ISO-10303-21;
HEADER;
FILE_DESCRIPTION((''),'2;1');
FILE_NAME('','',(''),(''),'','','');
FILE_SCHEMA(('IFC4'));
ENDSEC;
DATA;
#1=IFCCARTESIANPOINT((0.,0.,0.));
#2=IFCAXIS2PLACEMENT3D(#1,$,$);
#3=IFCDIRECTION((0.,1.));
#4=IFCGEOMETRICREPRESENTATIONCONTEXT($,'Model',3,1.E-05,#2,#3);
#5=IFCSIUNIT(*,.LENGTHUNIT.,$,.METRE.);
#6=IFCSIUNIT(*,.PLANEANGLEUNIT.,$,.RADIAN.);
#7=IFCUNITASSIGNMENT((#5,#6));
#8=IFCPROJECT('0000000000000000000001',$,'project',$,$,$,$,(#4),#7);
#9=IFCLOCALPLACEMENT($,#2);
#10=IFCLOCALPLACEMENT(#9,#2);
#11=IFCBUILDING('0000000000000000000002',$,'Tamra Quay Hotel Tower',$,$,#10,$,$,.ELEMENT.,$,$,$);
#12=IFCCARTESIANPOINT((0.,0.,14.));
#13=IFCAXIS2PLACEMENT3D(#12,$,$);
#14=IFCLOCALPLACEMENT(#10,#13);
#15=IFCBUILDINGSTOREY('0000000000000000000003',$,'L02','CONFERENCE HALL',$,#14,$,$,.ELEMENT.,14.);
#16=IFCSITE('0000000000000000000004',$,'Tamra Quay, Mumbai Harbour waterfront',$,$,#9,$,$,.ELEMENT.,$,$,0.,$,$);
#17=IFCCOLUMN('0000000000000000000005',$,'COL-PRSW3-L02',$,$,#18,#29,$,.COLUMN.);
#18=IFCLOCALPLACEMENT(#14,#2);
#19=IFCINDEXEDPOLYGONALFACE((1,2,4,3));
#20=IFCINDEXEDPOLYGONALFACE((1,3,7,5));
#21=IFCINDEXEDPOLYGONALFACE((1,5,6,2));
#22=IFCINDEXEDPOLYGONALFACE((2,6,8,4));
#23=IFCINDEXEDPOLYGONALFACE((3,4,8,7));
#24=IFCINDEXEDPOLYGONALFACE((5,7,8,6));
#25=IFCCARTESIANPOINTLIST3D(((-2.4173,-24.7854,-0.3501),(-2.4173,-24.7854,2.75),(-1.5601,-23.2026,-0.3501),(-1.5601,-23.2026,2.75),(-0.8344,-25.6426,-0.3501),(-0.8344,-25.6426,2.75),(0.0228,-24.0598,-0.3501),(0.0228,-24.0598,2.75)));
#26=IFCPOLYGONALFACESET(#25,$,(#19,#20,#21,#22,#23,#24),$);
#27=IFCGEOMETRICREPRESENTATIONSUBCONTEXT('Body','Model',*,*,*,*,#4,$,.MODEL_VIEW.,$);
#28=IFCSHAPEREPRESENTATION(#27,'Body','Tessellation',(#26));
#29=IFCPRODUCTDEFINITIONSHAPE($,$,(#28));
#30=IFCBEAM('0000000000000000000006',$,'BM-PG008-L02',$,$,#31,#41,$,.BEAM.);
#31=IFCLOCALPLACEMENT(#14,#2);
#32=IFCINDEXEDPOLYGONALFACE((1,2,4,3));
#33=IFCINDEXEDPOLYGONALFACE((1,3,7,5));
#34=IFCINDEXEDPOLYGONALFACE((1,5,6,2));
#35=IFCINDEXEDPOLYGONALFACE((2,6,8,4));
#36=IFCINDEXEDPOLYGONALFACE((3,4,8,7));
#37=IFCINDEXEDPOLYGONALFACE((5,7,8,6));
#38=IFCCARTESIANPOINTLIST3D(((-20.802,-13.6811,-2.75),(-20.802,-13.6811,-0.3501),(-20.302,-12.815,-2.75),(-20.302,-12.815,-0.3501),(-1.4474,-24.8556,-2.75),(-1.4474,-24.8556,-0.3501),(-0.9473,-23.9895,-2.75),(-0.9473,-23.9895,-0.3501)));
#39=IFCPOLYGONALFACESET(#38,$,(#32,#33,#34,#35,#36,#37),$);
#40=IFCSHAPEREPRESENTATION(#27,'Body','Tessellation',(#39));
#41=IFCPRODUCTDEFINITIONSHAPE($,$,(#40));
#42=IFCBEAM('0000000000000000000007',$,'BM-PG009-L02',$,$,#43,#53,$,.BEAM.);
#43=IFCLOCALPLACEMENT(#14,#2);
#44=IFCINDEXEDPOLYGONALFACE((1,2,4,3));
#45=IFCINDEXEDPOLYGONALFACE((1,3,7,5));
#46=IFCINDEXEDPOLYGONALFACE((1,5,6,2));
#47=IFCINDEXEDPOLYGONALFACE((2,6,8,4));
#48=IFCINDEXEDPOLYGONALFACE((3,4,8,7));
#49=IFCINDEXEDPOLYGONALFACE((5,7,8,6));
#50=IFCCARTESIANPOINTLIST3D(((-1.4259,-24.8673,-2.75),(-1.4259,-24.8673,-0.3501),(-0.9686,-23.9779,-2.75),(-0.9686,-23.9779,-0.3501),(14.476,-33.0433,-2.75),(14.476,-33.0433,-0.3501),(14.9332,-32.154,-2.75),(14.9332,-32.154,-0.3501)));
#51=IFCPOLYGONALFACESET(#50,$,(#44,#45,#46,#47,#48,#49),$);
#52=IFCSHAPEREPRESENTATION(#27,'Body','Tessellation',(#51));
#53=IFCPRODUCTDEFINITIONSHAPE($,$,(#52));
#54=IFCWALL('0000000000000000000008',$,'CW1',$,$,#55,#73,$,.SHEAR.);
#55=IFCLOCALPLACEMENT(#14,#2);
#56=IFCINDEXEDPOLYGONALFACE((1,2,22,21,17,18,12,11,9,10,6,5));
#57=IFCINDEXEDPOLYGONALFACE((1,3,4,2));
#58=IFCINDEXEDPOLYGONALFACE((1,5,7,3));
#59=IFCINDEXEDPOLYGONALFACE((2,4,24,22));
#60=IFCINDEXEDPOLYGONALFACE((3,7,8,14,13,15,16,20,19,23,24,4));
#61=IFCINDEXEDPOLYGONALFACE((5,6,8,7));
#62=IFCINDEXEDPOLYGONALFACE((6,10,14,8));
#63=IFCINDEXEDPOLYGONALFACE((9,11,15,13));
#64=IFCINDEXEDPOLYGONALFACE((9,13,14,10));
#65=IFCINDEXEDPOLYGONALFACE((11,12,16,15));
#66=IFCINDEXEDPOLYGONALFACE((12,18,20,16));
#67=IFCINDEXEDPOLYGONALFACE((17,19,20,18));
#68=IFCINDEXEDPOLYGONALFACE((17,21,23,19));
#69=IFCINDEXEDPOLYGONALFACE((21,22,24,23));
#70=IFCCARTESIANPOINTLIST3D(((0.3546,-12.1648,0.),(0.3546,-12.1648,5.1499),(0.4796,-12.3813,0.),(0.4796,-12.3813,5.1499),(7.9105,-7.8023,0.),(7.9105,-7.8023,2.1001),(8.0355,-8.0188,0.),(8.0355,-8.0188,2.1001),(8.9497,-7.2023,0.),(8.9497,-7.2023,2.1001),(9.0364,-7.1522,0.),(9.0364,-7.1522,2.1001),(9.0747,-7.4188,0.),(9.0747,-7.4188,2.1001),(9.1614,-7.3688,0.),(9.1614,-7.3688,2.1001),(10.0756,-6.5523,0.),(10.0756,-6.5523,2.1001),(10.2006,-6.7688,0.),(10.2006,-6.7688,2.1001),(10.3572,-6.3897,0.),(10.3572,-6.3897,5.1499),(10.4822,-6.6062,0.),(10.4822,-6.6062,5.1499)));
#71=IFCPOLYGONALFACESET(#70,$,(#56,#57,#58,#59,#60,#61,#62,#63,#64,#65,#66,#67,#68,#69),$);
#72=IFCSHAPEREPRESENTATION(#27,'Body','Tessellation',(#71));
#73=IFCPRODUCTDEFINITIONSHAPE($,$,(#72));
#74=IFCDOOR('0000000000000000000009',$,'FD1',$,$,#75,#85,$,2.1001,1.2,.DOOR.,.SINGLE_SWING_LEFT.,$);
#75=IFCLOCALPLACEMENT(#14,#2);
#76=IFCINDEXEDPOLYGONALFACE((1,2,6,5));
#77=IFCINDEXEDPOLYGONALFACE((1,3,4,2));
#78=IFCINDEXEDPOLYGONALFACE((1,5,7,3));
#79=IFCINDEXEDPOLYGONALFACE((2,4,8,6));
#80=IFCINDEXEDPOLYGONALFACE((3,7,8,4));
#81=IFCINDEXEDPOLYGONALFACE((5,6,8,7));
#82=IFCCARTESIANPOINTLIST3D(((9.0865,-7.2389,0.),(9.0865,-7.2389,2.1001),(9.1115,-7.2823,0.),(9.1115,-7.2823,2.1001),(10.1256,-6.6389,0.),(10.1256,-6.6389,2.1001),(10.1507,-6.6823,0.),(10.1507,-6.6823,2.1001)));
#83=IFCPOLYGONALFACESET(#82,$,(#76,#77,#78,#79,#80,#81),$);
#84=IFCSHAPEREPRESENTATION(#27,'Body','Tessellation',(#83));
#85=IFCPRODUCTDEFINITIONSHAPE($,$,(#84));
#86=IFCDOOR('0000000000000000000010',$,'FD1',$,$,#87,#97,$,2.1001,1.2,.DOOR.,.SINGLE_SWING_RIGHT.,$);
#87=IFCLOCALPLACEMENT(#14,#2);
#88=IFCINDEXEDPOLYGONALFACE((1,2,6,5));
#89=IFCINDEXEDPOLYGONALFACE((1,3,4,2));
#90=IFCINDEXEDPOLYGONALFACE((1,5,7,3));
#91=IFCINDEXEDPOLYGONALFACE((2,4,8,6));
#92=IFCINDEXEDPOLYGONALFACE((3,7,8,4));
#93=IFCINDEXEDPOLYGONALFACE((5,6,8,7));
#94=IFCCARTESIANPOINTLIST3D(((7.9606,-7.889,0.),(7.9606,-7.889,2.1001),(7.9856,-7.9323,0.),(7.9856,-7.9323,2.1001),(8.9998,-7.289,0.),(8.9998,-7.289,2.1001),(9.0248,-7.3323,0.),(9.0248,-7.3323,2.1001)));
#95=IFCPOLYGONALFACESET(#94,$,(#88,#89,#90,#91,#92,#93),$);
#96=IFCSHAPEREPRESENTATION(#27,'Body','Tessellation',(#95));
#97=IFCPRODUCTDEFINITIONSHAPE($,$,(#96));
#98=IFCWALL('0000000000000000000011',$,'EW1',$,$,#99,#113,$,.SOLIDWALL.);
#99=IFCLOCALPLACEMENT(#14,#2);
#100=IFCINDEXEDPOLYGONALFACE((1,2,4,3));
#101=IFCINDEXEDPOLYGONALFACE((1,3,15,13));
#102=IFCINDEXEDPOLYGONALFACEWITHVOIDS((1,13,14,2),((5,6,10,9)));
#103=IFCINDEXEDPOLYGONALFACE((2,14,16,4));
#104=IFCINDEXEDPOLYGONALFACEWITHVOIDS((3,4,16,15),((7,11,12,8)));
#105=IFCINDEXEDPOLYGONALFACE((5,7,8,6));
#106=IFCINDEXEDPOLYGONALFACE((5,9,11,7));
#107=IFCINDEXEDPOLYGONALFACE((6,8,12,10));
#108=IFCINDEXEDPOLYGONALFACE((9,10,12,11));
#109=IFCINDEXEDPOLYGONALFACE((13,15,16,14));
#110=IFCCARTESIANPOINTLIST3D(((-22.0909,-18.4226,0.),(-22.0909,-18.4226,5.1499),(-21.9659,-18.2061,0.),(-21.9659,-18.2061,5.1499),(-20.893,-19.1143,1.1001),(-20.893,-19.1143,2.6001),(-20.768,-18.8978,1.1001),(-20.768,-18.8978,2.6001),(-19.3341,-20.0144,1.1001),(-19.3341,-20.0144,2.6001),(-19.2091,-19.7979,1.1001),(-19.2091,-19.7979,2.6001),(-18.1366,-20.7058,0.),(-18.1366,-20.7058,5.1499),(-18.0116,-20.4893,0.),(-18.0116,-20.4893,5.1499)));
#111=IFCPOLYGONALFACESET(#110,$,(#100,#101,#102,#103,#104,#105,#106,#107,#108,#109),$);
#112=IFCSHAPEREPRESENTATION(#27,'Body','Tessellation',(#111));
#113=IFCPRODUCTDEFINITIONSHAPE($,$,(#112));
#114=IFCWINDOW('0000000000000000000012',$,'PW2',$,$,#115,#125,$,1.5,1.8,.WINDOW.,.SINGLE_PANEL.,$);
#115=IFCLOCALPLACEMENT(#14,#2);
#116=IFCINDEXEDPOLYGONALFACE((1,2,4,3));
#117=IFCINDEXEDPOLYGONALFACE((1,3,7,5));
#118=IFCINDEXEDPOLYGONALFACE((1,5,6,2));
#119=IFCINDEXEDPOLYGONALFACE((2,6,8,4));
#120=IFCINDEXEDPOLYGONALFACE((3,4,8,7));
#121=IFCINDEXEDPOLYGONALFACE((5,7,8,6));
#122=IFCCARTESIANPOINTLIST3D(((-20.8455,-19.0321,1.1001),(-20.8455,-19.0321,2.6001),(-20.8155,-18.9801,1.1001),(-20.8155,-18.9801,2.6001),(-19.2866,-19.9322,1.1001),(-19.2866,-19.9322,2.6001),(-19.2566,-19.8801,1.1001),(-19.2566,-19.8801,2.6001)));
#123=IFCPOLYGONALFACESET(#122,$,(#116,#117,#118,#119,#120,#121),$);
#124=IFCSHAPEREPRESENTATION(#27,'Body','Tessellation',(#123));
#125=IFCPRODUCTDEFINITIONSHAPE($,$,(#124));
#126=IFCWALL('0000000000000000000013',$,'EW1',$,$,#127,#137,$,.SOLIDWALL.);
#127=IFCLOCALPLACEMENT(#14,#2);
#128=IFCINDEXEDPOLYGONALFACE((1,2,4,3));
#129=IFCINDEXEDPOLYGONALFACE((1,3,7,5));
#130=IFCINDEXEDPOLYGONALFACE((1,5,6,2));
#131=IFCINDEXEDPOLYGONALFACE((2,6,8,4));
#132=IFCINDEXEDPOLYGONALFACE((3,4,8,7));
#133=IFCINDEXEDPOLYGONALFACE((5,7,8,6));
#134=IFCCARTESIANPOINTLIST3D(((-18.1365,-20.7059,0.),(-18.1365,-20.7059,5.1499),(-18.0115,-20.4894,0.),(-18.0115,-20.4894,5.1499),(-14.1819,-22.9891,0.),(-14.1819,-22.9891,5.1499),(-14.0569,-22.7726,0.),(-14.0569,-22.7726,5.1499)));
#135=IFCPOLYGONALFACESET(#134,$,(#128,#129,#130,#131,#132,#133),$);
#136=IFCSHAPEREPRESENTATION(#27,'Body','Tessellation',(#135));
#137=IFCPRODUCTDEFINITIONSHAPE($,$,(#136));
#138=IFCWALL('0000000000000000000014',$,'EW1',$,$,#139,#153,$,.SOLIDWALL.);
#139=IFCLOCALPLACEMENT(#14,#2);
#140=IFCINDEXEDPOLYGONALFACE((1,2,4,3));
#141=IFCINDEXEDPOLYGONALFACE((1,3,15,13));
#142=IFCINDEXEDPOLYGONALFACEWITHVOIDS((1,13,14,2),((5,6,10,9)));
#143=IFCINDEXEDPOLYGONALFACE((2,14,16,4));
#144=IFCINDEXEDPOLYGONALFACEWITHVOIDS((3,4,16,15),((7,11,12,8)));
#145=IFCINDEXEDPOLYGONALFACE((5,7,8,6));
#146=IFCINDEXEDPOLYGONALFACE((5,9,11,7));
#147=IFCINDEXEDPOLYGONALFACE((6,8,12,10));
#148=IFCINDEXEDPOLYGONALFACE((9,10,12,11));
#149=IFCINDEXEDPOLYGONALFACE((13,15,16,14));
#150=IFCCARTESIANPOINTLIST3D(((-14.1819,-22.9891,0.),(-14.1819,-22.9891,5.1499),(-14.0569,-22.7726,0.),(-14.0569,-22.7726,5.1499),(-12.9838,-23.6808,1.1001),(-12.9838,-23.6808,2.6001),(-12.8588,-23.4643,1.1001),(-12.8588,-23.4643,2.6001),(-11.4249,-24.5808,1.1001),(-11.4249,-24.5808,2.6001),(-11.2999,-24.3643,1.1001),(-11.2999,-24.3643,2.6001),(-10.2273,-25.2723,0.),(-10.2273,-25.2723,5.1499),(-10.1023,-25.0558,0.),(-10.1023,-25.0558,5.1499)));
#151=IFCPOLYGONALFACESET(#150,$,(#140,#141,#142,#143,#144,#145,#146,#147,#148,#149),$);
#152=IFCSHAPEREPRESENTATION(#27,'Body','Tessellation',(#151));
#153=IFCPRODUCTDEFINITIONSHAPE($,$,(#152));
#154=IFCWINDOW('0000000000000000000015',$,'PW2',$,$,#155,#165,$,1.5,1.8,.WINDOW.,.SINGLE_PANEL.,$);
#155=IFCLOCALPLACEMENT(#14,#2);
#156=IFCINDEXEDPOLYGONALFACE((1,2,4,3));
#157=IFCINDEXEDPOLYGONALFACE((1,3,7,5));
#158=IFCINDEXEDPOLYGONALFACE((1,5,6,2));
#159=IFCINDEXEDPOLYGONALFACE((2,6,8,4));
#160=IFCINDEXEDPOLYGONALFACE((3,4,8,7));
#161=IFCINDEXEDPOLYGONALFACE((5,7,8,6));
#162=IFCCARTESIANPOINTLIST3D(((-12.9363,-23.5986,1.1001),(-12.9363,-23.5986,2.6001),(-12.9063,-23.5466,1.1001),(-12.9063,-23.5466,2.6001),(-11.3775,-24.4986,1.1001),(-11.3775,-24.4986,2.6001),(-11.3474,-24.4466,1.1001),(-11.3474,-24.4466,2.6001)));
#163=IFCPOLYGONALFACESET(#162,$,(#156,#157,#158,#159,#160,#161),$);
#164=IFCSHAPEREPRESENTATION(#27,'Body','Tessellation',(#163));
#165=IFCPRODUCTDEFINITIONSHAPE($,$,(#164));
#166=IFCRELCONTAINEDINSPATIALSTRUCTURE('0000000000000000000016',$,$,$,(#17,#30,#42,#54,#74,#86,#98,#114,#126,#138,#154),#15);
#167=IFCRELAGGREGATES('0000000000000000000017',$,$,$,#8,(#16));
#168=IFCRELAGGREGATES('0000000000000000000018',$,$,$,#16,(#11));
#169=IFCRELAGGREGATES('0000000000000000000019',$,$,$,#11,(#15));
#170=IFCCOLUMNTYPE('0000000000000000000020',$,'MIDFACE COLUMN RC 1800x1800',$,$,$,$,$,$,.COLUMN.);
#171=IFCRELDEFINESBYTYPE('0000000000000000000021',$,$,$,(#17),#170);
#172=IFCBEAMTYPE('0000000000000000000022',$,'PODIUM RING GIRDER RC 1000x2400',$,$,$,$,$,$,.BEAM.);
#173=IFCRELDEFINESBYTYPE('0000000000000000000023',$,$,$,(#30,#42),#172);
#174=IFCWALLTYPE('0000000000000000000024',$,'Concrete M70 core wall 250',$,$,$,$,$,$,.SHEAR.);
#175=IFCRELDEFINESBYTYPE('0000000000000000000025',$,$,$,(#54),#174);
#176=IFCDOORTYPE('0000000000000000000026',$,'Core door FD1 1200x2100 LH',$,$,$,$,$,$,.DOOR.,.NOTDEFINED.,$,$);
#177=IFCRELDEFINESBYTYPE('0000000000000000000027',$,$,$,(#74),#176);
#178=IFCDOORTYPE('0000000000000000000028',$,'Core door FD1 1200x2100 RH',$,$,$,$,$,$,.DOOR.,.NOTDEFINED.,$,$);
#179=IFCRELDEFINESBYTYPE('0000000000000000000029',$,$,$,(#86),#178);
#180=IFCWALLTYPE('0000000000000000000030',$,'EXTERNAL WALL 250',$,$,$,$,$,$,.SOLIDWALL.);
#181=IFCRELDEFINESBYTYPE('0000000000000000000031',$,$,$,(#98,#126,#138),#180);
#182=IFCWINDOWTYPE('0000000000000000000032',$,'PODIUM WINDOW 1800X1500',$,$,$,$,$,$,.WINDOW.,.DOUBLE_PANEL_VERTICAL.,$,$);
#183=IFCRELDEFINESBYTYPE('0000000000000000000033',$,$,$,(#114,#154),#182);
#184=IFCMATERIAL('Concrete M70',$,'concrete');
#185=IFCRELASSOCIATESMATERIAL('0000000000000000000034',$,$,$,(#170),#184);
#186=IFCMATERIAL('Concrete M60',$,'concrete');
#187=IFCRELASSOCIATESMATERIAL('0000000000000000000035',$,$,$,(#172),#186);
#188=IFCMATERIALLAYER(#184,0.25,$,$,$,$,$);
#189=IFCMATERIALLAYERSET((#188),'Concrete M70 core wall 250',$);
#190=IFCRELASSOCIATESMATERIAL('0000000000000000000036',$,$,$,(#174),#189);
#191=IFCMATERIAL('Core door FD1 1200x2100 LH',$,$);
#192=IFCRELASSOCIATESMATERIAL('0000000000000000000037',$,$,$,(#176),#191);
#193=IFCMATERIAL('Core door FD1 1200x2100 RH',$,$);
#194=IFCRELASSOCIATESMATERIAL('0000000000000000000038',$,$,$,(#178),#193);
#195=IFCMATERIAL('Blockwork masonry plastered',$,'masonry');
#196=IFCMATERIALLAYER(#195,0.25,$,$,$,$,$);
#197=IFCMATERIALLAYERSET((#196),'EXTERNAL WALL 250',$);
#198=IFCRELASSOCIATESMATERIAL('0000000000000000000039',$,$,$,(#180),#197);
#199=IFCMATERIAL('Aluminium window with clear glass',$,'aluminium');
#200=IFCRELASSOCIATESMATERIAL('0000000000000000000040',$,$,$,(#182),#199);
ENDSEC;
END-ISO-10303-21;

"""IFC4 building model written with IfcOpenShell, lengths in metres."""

from ifc_helpers import new_model, si_unit, direction, frame, frame_2d, origin, origin_2d, place, context, subcontext, project, spatial, rectangle, extrude, material, layer, layer_set, material_profile, profile_set, type_object, element, fill, save


model = new_model("IFC4")

# Units and contexts
model_context = context("Model", 3, precision=1e-05, world=origin(), true_north=direction((0.0, 1.0)))
body_context = subcontext(model_context, "Body", "Model", "MODEL_VIEW")
ifc_project = project(units=[si_unit("LENGTHUNIT", "METRE"), si_unit("PLANEANGLEUNIT", "RADIAN")], contexts=[model_context])

# Site, building, storey
site_placement = place(None, origin())
site = spatial("IfcSite", under=ifc_project, at=site_placement, Name="Tamra Quay, Mumbai Harbour waterfront", CompositionType="ELEMENT", RefElevation=0.0)
building_placement = place(site_placement, origin())
building = spatial("IfcBuilding", under=site, at=building_placement, Name="Tamra Quay Hotel Tower", CompositionType="ELEMENT")
storey_placement = place(building_placement, frame((0.0, 0.0, 14.0)))
storey = spatial("IfcBuildingStorey", under=building, at=storey_placement, Name="L02", Description="CONFERENCE HALL", CompositionType="ELEMENT", Elevation=14.0)

# Column
ifc_material_1 = material(Name="Concrete M70", Category="concrete")
ifc_material_profile_1 = material_profile(ifc_material_1, rectangle(XDim=1.8, YDim=1.8, at=origin_2d()), Name="MIDFACE COLUMN RC 1800x1800")
ifc_profile_set_1 = profile_set([ifc_material_profile_1], Name="Concrete M70")
column_type = type_object("IfcColumnType", Name="MIDFACE COLUMN RC 1800x1800", PredefinedType="COLUMN", material=ifc_profile_set_1)
column_placement = place(storey_placement, frame((-1.1973, -24.4226, -0.3501), z_axis=(0.0, 0.0, 1.0), x_axis=(0.476198, 0.879338, 0.0)))
element("IfcColumn", 1, at=column_placement, inside=storey, type_object=column_type, Name="COL-PRSW3-L02", PredefinedType="COLUMN", context=body_context, shape_type="SweptSolid", body=[
    extrude(rectangle(XDim=1.8, YDim=1.8, at=origin_2d()), origin(), (0.0, 0.0, 1.0), 3.1001),
])

# Beams
ifc_material_2 = material(Name="Concrete M60", Category="concrete")
ifc_material_profile_2 = material_profile(ifc_material_2, rectangle(XDim=1.0, YDim=2.3999, at=origin_2d()), Name="PODIUM RING GIRDER RC 1000x2400")
ifc_profile_set_2 = profile_set([ifc_material_profile_2], Name="Concrete M60")
beam_type = type_object("IfcBeamType", Name="PODIUM RING GIRDER RC 1000x2400", PredefinedType="BEAM", material=ifc_profile_set_2)
beam_1_placement = place(storey_placement, frame((-20.552, -13.248, -1.55), z_axis=(0.866023, -0.500003, 0.0), x_axis=(0.500003, 0.866023, 0.0)))
element("IfcBeam", 2, at=beam_1_placement, inside=storey, type_object=beam_type, Name="BM-PG008-L02", PredefinedType="BEAM", context=body_context, shape_type="SweptSolid", body=[
    extrude(rectangle(XDim=1.0, YDim=2.3999, at=origin_2d()), origin(), (0.0, 0.0, 1.0), 22.3489),
])
beam_2_placement = place(storey_placement, frame((-1.1973, -24.4226, -1.55), z_axis=(0.889335, -0.457256, 0.0), x_axis=(0.457256, 0.889335, 0.0)))
element("IfcBeam", 3, at=beam_2_placement, inside=storey, type_object=beam_type, Name="BM-PG009-L02", PredefinedType="BEAM", context=body_context, shape_type="SweptSolid", body=[
    extrude(rectangle(XDim=1.0, YDim=2.3999, at=origin_2d()), origin(), (0.0, 0.0, 1.0), 17.8806),
])

# Wall, openings, doors
ifc_layer_1 = layer(ifc_material_1, 0.25)
ifc_layer_set_1 = layer_set([ifc_layer_1], Name="Concrete M70 core wall 250")
wall_type_1 = type_object("IfcWallType", Name="Concrete M70 core wall 250", PredefinedType="SHEAR", material=ifc_layer_set_1)
wall_1_placement = place(storey_placement, frame((0.4172, -12.2729, 0.0), z_axis=(0.0, 0.0, 1.0), x_axis=(0.866022, 0.500006, 0.0)))
wall_1 = element("IfcWall", 4, at=wall_1_placement, inside=storey, type_object=wall_type_1, Name="CW1", PredefinedType="SHEAR", context=body_context, shape_type="SweptSolid", body=[
    extrude(rectangle(XDim=11.55, YDim=0.25, at=frame_2d((5.7749, 0.0))), origin(), (0.0, 0.0, 1.0), 5.1499),
])
opening_1_placement = place(wall_1_placement, frame((10.0247, 0.0, 0.0)))
opening_1 = element("IfcOpeningElement", 5, at=opening_1_placement, cuts=wall_1, PredefinedType="OPENING", context=body_context, shape_type="SweptSolid", body=[
    extrude(rectangle(XDim=1.2, YDim=2.1001, at=frame_2d((0.6001, 1.05))), frame((0.0, 0.135, 0.0), z_axis=(0.0, -1.0, 0.0), x_axis=(1.0, 0.0, 0.0)), (0.0, 0.0, 1.0), 0.27),
])
opening_2_placement = place(wall_1_placement, frame((8.7246, 0.0, 0.0)))
opening_2 = element("IfcOpeningElement", 6, at=opening_2_placement, cuts=wall_1, PredefinedType="OPENING", context=body_context, shape_type="SweptSolid", body=[
    extrude(rectangle(XDim=1.2, YDim=2.1001, at=frame_2d((0.6001, 1.05))), frame((0.0, 0.135, 0.0), z_axis=(0.0, -1.0, 0.0), x_axis=(1.0, 0.0, 0.0)), (0.0, 0.0, 1.0), 0.27),
])
ifc_material_3 = material(Name="Core door FD1 1200x2100 LH")
door_type_1 = type_object("IfcDoorType", Name="Core door FD1 1200x2100 LH", OperationType="NOTDEFINED", PredefinedType="DOOR", material=ifc_material_3)
door_1_placement = place(opening_1_placement, origin())
door_1 = element("IfcDoor", 7, at=door_1_placement, inside=storey, type_object=door_type_1, Name="FD1", OperationType="SINGLE_SWING_LEFT", OverallHeight=2.1001, OverallWidth=1.2, PredefinedType="DOOR", context=body_context, shape_type="SweptSolid", body=[
    extrude(rectangle(XDim=1.2, YDim=2.1001, at=frame_2d((0.6001, 1.05))), frame((0.0, 0.0249, 0.0), z_axis=(0.0, -1.0, 0.0), x_axis=(1.0, 0.0, 0.0)), (0.0, 0.0, 1.0), 0.05),
])
fill(opening_1, door_1)
ifc_material_4 = material(Name="Core door FD1 1200x2100 RH")
door_type_2 = type_object("IfcDoorType", Name="Core door FD1 1200x2100 RH", OperationType="NOTDEFINED", PredefinedType="DOOR", material=ifc_material_4)
door_2_placement = place(opening_2_placement, origin())
door_2 = element("IfcDoor", 8, at=door_2_placement, inside=storey, type_object=door_type_2, Name="FD1", OperationType="SINGLE_SWING_RIGHT", OverallHeight=2.1001, OverallWidth=1.2, PredefinedType="DOOR", context=body_context, shape_type="SweptSolid", body=[
    extrude(rectangle(XDim=1.2, YDim=2.1001, at=frame_2d((0.6001, 1.05))), frame((0.0, 0.0249, 0.0), z_axis=(0.0, -1.0, 0.0), x_axis=(1.0, 0.0, 0.0)), (0.0, 0.0, 1.0), 0.05),
])
fill(opening_2, door_2)

# Wall, opening, window
ifc_material_5 = material(Name="Blockwork masonry plastered", Category="masonry")
ifc_layer_2 = layer(ifc_material_5, 0.25)
ifc_layer_set_2 = layer_set([ifc_layer_2], Name="EXTERNAL WALL 250")
wall_type_2 = type_object("IfcWallType", Name="EXTERNAL WALL 250", PredefinedType="SOLIDWALL", material=ifc_layer_set_2)
wall_2_placement = place(storey_placement, frame((-18.074, -20.5977, 0.0), z_axis=(0.0, 0.0, 1.0), x_axis=(-0.86601, 0.500026, 0.0)))
wall_2 = element("IfcWall", 9, at=wall_2_placement, inside=storey, type_object=wall_type_2, Name="EW1", PredefinedType="SOLIDWALL", context=body_context, shape_type="SweptSolid", body=[
    extrude(rectangle(XDim=4.5662, YDim=0.25, at=frame_2d((2.2832, 0.0))), origin(), (0.0, 0.0, 1.0), 5.1499),
])
opening_3_placement = place(wall_2_placement, frame((1.3831, 0.0, 1.1001)))
opening_3 = element("IfcOpeningElement", 10, at=opening_3_placement, cuts=wall_2, PredefinedType="OPENING", context=body_context, shape_type="SweptSolid", body=[
    extrude(rectangle(XDim=1.8, YDim=1.5, at=frame_2d((0.8999, 0.75))), frame((0.0, 0.135, 0.0), z_axis=(0.0, -1.0, 0.0), x_axis=(1.0, 0.0, 0.0)), (0.0, 0.0, 1.0), 0.27),
])
ifc_material_6 = material(Name="Aluminium window with clear glass", Category="aluminium")
window_type = type_object("IfcWindowType", Name="PODIUM WINDOW 1800X1500", PartitioningType="DOUBLE_PANEL_VERTICAL", PredefinedType="WINDOW", material=ifc_material_6)
window_1_placement = place(opening_3_placement, origin())
window_1 = element("IfcWindow", 11, at=window_1_placement, inside=storey, type_object=window_type, Name="PW2", OverallHeight=1.5, OverallWidth=1.8, PartitioningType="SINGLE_PANEL", PredefinedType="WINDOW", context=body_context, shape_type="SweptSolid", body=[
    extrude(rectangle(XDim=1.8, YDim=1.5, at=frame_2d((0.8999, 0.75))), frame((0.0, 0.03, 0.0), z_axis=(0.0, -1.0, 0.0), x_axis=(1.0, 0.0, 0.0)), (0.0, 0.0, 1.0), 0.0601),
])
fill(opening_3, window_1)

# Wall
wall_3_placement = place(storey_placement, frame((-14.1194, -22.8809, 0.0), z_axis=(0.0, 0.0, 1.0), x_axis=(-0.866024, 0.500003, 0.0)))
element("IfcWall", 12, at=wall_3_placement, inside=storey, type_object=wall_type_2, Name="EW1", PredefinedType="SOLIDWALL", context=body_context, shape_type="SweptSolid", body=[
    extrude(rectangle(XDim=4.5664, YDim=0.25, at=frame_2d((2.2832, 0.0))), origin(), (0.0, 0.0, 1.0), 5.1499),
])

# Wall, opening, window
wall_4_placement = place(storey_placement, frame((-10.1648, -25.1641, 0.0), z_axis=(0.0, 0.0, 1.0), x_axis=(-0.866024, 0.500003, 0.0)))
wall_4 = element("IfcWall", 13, at=wall_4_placement, inside=storey, type_object=wall_type_2, Name="EW1", PredefinedType="SOLIDWALL", context=body_context, shape_type="SweptSolid", body=[
    extrude(rectangle(XDim=4.5664, YDim=0.25, at=frame_2d((2.2832, 0.0))), origin(), (0.0, 0.0, 1.0), 5.1499),
])
opening_4_placement = place(wall_4_placement, frame((1.3831, 0.0, 1.1001)))
opening_4 = element("IfcOpeningElement", 14, at=opening_4_placement, cuts=wall_4, PredefinedType="OPENING", context=body_context, shape_type="SweptSolid", body=[
    extrude(rectangle(XDim=1.8, YDim=1.5, at=frame_2d((0.8999, 0.75))), frame((0.0, 0.135, 0.0), z_axis=(0.0, -1.0, 0.0), x_axis=(1.0, 0.0, 0.0)), (0.0, 0.0, 1.0), 0.27),
])
window_2_placement = place(opening_4_placement, origin())
window_2 = element("IfcWindow", 15, at=window_2_placement, inside=storey, type_object=window_type, Name="PW2", OverallHeight=1.5, OverallWidth=1.8, PartitioningType="SINGLE_PANEL", PredefinedType="WINDOW", context=body_context, shape_type="SweptSolid", body=[
    extrude(rectangle(XDim=1.8, YDim=1.5, at=frame_2d((0.8999, 0.75))), frame((0.0, 0.03, 0.0), z_axis=(0.0, -1.0, 0.0), x_axis=(1.0, 0.0, 0.0)), (0.0, 0.0, 1.0), 0.0601),
])
fill(opening_4, window_2)

save(model, "model.ifc")
